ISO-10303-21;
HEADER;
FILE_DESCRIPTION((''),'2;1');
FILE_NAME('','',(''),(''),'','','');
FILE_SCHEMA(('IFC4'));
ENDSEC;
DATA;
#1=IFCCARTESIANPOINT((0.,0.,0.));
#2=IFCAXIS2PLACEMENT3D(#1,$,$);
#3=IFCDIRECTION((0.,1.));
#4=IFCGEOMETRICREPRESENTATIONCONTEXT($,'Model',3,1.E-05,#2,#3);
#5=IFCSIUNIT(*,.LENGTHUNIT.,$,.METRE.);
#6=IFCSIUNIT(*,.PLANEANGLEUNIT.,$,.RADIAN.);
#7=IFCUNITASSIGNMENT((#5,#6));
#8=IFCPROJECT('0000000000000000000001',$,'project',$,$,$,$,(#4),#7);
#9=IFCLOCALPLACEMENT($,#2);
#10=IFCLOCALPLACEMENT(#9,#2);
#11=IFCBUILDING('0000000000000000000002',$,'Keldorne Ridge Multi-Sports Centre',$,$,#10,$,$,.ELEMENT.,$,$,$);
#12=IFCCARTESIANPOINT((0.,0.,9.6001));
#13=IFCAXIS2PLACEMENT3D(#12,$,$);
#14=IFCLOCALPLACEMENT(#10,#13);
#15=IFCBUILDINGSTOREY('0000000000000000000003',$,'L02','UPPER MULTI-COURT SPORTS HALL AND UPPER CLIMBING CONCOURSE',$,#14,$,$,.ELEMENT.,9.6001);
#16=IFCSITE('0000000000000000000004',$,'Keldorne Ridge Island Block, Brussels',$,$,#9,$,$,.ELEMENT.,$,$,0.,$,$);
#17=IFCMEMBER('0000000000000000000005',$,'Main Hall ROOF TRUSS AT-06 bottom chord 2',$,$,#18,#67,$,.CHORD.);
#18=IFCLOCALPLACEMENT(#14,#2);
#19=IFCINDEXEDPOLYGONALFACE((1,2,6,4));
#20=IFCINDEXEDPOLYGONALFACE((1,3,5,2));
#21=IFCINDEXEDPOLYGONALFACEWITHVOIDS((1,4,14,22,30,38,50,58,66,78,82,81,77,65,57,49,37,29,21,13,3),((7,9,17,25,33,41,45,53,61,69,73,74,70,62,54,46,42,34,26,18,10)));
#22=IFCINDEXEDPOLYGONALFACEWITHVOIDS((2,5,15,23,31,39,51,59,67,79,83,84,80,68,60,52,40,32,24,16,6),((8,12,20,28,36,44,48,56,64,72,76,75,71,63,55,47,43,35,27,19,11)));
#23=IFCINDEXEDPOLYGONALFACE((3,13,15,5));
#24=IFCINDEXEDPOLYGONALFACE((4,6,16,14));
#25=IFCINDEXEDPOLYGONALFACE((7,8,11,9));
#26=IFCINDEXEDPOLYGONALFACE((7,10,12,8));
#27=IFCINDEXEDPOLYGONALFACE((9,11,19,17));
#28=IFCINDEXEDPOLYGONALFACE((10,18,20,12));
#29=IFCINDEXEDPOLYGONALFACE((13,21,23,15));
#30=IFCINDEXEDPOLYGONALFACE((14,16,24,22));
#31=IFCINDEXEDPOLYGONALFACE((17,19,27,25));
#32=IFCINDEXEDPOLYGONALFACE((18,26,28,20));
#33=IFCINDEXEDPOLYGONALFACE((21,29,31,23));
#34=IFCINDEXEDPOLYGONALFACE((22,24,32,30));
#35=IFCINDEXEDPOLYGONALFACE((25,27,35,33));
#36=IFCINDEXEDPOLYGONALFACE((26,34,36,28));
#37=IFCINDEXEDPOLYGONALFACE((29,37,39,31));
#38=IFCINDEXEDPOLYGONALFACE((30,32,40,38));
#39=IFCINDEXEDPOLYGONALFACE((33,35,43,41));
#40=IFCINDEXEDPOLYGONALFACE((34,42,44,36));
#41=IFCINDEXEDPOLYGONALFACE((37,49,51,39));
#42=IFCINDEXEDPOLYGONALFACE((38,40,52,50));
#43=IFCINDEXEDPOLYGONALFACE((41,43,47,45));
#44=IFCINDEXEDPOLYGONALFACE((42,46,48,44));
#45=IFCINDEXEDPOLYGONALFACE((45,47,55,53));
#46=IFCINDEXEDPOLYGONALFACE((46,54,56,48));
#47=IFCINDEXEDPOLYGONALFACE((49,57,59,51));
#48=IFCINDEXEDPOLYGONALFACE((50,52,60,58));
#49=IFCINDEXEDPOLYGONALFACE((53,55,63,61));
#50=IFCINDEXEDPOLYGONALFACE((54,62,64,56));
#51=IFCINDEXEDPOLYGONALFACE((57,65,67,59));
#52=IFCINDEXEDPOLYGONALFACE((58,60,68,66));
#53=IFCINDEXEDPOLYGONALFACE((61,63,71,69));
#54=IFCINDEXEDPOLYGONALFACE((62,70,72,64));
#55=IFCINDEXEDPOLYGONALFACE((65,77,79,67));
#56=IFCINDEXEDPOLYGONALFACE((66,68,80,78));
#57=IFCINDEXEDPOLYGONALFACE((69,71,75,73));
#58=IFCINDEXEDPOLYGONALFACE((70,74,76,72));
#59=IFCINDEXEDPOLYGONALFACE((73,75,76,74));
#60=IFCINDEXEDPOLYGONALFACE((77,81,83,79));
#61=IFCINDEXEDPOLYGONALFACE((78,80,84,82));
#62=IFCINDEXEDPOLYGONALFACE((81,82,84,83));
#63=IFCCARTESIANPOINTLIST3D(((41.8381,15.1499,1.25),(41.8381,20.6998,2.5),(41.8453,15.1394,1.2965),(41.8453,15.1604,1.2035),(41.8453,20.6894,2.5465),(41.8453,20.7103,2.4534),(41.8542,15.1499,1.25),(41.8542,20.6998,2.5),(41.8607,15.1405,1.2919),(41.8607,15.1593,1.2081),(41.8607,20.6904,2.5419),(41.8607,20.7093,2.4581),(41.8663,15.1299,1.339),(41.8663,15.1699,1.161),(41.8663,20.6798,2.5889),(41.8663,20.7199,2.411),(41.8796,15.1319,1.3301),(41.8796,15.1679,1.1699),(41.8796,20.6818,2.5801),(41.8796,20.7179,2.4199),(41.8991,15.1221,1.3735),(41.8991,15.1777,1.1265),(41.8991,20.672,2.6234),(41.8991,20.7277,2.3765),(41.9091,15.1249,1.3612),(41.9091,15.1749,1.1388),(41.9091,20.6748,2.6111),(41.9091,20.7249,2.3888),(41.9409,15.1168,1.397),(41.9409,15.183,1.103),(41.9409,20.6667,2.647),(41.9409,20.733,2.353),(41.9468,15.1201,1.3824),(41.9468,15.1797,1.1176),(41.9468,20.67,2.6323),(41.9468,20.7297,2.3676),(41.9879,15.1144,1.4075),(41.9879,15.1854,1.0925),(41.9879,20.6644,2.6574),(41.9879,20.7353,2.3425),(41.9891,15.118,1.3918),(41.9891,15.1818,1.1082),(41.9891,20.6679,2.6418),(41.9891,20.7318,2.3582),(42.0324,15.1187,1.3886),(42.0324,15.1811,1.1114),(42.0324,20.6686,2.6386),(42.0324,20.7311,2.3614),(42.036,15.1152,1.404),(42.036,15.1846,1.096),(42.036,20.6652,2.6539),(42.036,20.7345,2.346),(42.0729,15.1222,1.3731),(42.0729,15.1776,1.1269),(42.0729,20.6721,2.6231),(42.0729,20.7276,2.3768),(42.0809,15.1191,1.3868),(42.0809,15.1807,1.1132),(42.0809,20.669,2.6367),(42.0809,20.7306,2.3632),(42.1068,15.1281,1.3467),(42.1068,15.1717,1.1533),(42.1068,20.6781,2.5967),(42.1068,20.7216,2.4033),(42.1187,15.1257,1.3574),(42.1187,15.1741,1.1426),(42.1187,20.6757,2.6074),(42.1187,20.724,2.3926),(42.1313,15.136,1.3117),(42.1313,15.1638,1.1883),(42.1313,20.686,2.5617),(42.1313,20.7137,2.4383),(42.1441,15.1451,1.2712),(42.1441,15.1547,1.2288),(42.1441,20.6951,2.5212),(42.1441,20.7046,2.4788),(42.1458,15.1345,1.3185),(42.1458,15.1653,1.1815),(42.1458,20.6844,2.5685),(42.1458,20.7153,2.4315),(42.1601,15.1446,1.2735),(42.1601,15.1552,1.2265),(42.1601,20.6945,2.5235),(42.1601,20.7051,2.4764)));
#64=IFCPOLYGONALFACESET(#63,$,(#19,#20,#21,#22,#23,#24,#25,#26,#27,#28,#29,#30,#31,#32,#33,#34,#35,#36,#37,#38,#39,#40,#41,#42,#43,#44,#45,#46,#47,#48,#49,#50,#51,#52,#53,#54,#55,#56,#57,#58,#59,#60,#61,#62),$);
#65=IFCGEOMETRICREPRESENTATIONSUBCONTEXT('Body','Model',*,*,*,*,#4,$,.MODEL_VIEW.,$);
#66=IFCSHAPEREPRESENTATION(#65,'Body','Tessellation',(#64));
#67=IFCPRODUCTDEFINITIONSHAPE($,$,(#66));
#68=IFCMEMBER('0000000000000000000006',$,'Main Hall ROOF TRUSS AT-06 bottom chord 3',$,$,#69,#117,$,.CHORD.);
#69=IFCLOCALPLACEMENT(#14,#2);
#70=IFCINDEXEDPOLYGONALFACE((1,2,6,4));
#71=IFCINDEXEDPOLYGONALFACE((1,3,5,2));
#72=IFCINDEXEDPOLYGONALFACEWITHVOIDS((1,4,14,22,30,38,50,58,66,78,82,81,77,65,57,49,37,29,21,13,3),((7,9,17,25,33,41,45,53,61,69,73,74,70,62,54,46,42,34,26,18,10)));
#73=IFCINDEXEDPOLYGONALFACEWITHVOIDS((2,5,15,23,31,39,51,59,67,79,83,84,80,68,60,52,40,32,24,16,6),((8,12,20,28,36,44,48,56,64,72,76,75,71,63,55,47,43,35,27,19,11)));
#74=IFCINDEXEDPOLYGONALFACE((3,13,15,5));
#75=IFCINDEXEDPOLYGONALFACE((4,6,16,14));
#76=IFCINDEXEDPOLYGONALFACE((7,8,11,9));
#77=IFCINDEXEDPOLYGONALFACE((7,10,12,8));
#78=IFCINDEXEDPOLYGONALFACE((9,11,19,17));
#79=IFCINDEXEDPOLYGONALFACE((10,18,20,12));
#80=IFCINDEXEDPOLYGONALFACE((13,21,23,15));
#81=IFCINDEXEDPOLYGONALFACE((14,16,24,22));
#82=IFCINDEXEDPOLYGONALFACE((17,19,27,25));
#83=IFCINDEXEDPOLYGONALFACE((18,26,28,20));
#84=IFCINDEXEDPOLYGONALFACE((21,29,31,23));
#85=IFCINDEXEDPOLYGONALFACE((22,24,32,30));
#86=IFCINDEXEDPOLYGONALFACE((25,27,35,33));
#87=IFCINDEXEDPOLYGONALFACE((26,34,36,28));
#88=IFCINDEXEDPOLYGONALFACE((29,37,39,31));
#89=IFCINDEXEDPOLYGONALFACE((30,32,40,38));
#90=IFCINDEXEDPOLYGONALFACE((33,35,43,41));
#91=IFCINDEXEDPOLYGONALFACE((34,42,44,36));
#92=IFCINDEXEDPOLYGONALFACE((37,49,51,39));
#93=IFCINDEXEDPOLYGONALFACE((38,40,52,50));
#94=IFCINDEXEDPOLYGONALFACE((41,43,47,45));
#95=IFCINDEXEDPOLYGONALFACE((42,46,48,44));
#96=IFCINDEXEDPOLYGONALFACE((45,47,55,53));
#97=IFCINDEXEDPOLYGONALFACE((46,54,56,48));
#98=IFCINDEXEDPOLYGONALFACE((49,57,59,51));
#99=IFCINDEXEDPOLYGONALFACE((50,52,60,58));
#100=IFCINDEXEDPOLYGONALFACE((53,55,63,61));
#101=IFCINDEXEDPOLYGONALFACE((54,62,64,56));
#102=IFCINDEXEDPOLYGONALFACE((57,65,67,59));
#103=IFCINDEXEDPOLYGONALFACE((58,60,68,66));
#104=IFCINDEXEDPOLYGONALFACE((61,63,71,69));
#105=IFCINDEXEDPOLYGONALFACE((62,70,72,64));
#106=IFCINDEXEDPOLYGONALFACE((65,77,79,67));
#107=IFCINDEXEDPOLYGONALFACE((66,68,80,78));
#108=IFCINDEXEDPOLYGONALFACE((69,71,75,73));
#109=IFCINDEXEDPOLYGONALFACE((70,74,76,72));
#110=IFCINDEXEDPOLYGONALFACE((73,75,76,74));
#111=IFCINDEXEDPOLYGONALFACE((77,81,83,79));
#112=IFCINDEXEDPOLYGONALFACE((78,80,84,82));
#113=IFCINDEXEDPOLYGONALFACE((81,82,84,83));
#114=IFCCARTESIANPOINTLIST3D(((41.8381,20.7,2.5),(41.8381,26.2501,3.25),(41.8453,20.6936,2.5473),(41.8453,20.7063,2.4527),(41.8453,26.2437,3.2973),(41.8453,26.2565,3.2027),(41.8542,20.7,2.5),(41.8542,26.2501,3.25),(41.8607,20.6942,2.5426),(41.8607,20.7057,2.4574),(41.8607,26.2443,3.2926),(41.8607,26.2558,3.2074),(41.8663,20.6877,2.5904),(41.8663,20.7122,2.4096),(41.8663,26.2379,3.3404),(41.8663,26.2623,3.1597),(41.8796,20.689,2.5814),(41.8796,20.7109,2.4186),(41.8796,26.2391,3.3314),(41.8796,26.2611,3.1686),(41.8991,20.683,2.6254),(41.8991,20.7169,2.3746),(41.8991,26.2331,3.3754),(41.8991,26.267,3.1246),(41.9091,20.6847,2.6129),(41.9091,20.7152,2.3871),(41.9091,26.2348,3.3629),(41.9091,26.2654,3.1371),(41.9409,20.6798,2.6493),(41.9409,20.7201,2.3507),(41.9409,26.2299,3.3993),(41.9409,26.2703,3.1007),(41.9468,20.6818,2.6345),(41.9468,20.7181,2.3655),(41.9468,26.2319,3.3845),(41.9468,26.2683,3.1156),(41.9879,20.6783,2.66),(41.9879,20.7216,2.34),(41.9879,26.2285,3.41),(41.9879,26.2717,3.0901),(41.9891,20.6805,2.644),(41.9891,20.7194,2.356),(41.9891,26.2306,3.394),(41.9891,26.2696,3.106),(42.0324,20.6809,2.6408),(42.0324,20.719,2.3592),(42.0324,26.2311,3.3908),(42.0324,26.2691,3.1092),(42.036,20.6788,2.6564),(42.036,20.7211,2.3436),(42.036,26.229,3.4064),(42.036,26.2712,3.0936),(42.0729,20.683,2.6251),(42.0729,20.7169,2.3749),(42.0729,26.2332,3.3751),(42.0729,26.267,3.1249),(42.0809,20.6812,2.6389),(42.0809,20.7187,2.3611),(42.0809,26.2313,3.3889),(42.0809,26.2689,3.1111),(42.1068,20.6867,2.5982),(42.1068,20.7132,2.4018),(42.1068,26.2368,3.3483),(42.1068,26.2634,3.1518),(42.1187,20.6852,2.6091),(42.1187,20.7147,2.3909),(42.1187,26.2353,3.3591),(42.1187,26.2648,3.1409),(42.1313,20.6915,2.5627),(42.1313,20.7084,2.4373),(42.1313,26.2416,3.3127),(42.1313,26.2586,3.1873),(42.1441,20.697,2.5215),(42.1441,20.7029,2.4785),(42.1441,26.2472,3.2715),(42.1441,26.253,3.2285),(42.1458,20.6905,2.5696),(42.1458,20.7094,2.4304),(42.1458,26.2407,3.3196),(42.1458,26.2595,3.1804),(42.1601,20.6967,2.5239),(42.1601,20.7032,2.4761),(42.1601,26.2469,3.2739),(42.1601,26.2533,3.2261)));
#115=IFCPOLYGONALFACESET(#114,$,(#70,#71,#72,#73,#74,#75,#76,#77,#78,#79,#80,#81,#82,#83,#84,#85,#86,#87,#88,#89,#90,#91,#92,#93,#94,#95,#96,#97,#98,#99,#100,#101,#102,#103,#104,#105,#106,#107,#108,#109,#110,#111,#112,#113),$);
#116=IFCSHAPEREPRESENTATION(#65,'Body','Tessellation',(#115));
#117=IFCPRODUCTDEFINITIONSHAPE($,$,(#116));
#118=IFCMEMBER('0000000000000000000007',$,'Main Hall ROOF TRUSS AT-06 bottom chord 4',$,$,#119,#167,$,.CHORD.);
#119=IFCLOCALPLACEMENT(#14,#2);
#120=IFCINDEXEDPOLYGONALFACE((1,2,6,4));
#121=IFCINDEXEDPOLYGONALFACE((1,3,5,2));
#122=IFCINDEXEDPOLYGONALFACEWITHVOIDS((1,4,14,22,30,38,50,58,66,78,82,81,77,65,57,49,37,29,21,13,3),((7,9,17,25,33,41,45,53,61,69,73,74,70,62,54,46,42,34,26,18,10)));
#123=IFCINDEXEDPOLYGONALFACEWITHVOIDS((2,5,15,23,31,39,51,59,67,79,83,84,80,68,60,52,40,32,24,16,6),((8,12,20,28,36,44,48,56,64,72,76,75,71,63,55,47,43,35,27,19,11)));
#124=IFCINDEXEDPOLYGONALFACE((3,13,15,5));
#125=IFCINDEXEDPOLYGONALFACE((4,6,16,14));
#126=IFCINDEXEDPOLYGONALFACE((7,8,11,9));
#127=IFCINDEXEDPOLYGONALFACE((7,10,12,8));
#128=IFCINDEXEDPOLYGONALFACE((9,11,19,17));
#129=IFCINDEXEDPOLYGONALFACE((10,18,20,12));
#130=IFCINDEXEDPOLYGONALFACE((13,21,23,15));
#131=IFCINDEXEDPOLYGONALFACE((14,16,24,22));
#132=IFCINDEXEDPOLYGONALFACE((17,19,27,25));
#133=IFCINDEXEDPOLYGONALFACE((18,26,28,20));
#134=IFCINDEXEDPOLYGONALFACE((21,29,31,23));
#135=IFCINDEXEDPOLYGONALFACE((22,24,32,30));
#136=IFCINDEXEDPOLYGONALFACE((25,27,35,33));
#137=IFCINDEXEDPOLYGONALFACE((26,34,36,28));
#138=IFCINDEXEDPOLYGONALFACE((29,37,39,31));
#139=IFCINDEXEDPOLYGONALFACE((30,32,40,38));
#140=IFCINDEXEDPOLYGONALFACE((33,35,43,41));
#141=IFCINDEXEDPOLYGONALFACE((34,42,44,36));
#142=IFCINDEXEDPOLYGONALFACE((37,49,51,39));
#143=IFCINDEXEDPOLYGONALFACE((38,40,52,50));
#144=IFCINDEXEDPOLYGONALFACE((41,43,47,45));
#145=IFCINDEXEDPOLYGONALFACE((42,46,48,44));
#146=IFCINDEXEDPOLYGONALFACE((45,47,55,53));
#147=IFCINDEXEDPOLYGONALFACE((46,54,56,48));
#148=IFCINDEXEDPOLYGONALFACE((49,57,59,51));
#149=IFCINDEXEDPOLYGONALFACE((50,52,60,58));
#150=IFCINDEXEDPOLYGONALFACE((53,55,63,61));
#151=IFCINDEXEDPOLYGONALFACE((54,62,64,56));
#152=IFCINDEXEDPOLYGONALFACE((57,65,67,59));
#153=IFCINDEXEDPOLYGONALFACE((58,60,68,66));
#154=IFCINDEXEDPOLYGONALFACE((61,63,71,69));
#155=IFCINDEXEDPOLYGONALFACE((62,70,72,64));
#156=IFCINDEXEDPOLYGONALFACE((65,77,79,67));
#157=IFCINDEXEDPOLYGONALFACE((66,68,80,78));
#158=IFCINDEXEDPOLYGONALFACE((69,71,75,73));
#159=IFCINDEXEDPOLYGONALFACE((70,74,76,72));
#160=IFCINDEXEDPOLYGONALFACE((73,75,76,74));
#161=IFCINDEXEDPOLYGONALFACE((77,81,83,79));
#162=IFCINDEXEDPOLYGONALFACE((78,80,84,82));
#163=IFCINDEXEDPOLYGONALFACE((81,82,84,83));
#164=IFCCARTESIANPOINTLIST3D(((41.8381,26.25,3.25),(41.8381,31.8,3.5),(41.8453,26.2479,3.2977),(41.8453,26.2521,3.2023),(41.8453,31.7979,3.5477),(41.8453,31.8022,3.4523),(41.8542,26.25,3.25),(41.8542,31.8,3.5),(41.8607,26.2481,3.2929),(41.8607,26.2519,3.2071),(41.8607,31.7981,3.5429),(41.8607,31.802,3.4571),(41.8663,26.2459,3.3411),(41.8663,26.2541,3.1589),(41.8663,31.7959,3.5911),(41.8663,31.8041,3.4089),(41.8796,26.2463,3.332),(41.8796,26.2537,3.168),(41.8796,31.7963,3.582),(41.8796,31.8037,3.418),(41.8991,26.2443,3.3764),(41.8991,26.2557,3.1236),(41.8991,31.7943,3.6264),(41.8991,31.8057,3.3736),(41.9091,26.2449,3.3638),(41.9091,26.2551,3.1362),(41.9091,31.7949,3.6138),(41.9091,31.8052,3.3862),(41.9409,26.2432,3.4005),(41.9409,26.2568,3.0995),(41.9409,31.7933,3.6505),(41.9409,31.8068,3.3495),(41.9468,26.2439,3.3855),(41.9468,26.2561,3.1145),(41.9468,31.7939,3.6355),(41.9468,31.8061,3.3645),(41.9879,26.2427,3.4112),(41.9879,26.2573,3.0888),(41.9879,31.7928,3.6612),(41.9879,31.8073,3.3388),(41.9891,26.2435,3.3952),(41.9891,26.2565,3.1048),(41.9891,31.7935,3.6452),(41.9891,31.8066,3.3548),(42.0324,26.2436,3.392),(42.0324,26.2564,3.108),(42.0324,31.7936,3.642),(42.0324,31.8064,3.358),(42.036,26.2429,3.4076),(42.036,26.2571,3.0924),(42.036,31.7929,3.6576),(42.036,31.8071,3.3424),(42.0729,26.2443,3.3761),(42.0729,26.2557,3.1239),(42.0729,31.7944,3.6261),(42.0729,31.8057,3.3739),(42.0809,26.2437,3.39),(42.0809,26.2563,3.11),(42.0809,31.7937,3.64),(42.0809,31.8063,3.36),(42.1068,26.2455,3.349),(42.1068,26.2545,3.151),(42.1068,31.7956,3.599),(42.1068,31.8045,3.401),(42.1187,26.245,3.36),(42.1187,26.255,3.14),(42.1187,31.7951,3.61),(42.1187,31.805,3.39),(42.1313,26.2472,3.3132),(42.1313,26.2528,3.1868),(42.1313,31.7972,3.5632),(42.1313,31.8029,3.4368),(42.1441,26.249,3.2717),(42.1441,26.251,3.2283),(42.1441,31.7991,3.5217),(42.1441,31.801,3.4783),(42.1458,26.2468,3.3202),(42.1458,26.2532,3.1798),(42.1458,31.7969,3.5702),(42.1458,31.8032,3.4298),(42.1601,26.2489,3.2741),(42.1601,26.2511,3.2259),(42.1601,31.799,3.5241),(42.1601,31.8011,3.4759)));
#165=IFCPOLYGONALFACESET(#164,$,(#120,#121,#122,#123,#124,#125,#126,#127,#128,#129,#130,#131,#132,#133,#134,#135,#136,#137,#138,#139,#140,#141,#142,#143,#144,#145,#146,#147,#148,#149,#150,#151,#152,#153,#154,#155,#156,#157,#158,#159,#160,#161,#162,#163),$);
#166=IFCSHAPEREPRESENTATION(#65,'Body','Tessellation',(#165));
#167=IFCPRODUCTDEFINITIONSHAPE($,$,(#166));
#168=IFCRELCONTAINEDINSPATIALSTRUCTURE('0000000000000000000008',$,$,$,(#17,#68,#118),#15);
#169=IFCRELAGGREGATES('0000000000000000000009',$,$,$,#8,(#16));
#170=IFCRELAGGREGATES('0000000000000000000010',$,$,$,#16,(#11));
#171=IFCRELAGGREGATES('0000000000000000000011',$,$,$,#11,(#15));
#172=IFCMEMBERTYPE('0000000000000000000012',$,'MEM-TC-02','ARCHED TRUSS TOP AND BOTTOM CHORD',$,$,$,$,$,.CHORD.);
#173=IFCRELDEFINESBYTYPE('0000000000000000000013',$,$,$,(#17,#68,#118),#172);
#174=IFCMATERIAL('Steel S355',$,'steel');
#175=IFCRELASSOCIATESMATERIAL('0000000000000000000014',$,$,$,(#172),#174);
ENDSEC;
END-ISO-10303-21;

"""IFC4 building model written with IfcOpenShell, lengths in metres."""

from ifc_helpers import new_model, si_unit, direction, frame, origin, origin_2d, place, context, subcontext, project, spatial, hollow_circle, extrude, material, material_profile, profile_set, type_object, element, save


model = new_model("IFC4")

# Units and contexts
model_context = context("Model", 3, precision=1e-05, world=origin(), true_north=direction((0.0, 1.0)))
body_context = subcontext(model_context, "Body", "Model", "MODEL_VIEW")
ifc_project = project(units=[si_unit("LENGTHUNIT", "METRE"), si_unit("PLANEANGLEUNIT", "RADIAN")], contexts=[model_context])

# Site, building, storey
site_placement = place(None, origin())
site = spatial("IfcSite", under=ifc_project, at=site_placement, Name="Keldorne Ridge Island Block, Brussels", CompositionType="ELEMENT", RefElevation=0.0)
building_placement = place(site_placement, origin())
building = spatial("IfcBuilding", under=site, at=building_placement, Name="Keldorne Ridge Multi-Sports Centre", CompositionType="ELEMENT")
storey_placement = place(building_placement, frame((0.0, 0.0, 9.6001)))
storey = spatial("IfcBuildingStorey", under=building, at=storey_placement, Name="L02", Description="UPPER MULTI-COURT SPORTS HALL AND UPPER CLIMBING CONCOURSE", CompositionType="ELEMENT", Elevation=9.6001)

# Shared definitions
ifc_material = material(Name="Steel S355", Category="steel")

# Members
ifc_material_profile_1 = material_profile(ifc_material, hollow_circle(Radius=0.1619, WallThickness=0.0161, at=origin_2d()), Name="CHS 323.9x16")
ifc_profile_set_1 = profile_set([ifc_material_profile_1], Name="Steel S355")
member_type_1 = type_object("IfcMemberType", Name="MEM-TC-02", Description="ARCHED TRUSS TOP AND BOTTOM CHORD", PredefinedType="CHORD", material=ifc_profile_set_1)
member_1_placement = place(storey_placement, frame((42.0, 15.1499, 1.25), z_axis=(0.0, 0.975563, 0.219719), x_axis=(-1.0, 0.0, 0.0)))
element("IfcMember", 1, at=member_1_placement, inside=storey, type_object=member_type_1, Name="Main Hall ROOF TRUSS AT-06 bottom chord 2", PredefinedType="CHORD", context=body_context, shape_type="SweptSolid", body=[
    extrude(hollow_circle(Radius=0.1619, WallThickness=0.0161, at=origin_2d()), origin(), (0.0, 0.0, 1.0), 5.689),
])
member_2_placement = place(storey_placement, frame((42.0, 20.7, 2.5), z_axis=(0.0, 0.990993, 0.133917), x_axis=(-1.0, 0.0, 0.0)))
element("IfcMember", 2, at=member_2_placement, inside=storey, type_object=member_type_1, Name="Main Hall ROOF TRUSS AT-06 bottom chord 3", PredefinedType="CHORD", context=body_context, shape_type="SweptSolid", body=[
    extrude(hollow_circle(Radius=0.1619, WallThickness=0.0161, at=origin_2d()), origin(), (0.0, 0.0, 1.0), 5.6006),
])
member_3_placement = place(storey_placement, frame((42.0, 26.25, 3.25), z_axis=(0.0, 0.998987, 0.044999), x_axis=(-1.0, 0.0, 0.0)))
element("IfcMember", 3, at=member_3_placement, inside=storey, type_object=member_type_1, Name="Main Hall ROOF TRUSS AT-06 bottom chord 4", PredefinedType="CHORD", context=body_context, shape_type="SweptSolid", body=[
    extrude(hollow_circle(Radius=0.1619, WallThickness=0.0161, at=origin_2d()), origin(), (0.0, 0.0, 1.0), 5.5557),
])

save(model, "model.ifc")
